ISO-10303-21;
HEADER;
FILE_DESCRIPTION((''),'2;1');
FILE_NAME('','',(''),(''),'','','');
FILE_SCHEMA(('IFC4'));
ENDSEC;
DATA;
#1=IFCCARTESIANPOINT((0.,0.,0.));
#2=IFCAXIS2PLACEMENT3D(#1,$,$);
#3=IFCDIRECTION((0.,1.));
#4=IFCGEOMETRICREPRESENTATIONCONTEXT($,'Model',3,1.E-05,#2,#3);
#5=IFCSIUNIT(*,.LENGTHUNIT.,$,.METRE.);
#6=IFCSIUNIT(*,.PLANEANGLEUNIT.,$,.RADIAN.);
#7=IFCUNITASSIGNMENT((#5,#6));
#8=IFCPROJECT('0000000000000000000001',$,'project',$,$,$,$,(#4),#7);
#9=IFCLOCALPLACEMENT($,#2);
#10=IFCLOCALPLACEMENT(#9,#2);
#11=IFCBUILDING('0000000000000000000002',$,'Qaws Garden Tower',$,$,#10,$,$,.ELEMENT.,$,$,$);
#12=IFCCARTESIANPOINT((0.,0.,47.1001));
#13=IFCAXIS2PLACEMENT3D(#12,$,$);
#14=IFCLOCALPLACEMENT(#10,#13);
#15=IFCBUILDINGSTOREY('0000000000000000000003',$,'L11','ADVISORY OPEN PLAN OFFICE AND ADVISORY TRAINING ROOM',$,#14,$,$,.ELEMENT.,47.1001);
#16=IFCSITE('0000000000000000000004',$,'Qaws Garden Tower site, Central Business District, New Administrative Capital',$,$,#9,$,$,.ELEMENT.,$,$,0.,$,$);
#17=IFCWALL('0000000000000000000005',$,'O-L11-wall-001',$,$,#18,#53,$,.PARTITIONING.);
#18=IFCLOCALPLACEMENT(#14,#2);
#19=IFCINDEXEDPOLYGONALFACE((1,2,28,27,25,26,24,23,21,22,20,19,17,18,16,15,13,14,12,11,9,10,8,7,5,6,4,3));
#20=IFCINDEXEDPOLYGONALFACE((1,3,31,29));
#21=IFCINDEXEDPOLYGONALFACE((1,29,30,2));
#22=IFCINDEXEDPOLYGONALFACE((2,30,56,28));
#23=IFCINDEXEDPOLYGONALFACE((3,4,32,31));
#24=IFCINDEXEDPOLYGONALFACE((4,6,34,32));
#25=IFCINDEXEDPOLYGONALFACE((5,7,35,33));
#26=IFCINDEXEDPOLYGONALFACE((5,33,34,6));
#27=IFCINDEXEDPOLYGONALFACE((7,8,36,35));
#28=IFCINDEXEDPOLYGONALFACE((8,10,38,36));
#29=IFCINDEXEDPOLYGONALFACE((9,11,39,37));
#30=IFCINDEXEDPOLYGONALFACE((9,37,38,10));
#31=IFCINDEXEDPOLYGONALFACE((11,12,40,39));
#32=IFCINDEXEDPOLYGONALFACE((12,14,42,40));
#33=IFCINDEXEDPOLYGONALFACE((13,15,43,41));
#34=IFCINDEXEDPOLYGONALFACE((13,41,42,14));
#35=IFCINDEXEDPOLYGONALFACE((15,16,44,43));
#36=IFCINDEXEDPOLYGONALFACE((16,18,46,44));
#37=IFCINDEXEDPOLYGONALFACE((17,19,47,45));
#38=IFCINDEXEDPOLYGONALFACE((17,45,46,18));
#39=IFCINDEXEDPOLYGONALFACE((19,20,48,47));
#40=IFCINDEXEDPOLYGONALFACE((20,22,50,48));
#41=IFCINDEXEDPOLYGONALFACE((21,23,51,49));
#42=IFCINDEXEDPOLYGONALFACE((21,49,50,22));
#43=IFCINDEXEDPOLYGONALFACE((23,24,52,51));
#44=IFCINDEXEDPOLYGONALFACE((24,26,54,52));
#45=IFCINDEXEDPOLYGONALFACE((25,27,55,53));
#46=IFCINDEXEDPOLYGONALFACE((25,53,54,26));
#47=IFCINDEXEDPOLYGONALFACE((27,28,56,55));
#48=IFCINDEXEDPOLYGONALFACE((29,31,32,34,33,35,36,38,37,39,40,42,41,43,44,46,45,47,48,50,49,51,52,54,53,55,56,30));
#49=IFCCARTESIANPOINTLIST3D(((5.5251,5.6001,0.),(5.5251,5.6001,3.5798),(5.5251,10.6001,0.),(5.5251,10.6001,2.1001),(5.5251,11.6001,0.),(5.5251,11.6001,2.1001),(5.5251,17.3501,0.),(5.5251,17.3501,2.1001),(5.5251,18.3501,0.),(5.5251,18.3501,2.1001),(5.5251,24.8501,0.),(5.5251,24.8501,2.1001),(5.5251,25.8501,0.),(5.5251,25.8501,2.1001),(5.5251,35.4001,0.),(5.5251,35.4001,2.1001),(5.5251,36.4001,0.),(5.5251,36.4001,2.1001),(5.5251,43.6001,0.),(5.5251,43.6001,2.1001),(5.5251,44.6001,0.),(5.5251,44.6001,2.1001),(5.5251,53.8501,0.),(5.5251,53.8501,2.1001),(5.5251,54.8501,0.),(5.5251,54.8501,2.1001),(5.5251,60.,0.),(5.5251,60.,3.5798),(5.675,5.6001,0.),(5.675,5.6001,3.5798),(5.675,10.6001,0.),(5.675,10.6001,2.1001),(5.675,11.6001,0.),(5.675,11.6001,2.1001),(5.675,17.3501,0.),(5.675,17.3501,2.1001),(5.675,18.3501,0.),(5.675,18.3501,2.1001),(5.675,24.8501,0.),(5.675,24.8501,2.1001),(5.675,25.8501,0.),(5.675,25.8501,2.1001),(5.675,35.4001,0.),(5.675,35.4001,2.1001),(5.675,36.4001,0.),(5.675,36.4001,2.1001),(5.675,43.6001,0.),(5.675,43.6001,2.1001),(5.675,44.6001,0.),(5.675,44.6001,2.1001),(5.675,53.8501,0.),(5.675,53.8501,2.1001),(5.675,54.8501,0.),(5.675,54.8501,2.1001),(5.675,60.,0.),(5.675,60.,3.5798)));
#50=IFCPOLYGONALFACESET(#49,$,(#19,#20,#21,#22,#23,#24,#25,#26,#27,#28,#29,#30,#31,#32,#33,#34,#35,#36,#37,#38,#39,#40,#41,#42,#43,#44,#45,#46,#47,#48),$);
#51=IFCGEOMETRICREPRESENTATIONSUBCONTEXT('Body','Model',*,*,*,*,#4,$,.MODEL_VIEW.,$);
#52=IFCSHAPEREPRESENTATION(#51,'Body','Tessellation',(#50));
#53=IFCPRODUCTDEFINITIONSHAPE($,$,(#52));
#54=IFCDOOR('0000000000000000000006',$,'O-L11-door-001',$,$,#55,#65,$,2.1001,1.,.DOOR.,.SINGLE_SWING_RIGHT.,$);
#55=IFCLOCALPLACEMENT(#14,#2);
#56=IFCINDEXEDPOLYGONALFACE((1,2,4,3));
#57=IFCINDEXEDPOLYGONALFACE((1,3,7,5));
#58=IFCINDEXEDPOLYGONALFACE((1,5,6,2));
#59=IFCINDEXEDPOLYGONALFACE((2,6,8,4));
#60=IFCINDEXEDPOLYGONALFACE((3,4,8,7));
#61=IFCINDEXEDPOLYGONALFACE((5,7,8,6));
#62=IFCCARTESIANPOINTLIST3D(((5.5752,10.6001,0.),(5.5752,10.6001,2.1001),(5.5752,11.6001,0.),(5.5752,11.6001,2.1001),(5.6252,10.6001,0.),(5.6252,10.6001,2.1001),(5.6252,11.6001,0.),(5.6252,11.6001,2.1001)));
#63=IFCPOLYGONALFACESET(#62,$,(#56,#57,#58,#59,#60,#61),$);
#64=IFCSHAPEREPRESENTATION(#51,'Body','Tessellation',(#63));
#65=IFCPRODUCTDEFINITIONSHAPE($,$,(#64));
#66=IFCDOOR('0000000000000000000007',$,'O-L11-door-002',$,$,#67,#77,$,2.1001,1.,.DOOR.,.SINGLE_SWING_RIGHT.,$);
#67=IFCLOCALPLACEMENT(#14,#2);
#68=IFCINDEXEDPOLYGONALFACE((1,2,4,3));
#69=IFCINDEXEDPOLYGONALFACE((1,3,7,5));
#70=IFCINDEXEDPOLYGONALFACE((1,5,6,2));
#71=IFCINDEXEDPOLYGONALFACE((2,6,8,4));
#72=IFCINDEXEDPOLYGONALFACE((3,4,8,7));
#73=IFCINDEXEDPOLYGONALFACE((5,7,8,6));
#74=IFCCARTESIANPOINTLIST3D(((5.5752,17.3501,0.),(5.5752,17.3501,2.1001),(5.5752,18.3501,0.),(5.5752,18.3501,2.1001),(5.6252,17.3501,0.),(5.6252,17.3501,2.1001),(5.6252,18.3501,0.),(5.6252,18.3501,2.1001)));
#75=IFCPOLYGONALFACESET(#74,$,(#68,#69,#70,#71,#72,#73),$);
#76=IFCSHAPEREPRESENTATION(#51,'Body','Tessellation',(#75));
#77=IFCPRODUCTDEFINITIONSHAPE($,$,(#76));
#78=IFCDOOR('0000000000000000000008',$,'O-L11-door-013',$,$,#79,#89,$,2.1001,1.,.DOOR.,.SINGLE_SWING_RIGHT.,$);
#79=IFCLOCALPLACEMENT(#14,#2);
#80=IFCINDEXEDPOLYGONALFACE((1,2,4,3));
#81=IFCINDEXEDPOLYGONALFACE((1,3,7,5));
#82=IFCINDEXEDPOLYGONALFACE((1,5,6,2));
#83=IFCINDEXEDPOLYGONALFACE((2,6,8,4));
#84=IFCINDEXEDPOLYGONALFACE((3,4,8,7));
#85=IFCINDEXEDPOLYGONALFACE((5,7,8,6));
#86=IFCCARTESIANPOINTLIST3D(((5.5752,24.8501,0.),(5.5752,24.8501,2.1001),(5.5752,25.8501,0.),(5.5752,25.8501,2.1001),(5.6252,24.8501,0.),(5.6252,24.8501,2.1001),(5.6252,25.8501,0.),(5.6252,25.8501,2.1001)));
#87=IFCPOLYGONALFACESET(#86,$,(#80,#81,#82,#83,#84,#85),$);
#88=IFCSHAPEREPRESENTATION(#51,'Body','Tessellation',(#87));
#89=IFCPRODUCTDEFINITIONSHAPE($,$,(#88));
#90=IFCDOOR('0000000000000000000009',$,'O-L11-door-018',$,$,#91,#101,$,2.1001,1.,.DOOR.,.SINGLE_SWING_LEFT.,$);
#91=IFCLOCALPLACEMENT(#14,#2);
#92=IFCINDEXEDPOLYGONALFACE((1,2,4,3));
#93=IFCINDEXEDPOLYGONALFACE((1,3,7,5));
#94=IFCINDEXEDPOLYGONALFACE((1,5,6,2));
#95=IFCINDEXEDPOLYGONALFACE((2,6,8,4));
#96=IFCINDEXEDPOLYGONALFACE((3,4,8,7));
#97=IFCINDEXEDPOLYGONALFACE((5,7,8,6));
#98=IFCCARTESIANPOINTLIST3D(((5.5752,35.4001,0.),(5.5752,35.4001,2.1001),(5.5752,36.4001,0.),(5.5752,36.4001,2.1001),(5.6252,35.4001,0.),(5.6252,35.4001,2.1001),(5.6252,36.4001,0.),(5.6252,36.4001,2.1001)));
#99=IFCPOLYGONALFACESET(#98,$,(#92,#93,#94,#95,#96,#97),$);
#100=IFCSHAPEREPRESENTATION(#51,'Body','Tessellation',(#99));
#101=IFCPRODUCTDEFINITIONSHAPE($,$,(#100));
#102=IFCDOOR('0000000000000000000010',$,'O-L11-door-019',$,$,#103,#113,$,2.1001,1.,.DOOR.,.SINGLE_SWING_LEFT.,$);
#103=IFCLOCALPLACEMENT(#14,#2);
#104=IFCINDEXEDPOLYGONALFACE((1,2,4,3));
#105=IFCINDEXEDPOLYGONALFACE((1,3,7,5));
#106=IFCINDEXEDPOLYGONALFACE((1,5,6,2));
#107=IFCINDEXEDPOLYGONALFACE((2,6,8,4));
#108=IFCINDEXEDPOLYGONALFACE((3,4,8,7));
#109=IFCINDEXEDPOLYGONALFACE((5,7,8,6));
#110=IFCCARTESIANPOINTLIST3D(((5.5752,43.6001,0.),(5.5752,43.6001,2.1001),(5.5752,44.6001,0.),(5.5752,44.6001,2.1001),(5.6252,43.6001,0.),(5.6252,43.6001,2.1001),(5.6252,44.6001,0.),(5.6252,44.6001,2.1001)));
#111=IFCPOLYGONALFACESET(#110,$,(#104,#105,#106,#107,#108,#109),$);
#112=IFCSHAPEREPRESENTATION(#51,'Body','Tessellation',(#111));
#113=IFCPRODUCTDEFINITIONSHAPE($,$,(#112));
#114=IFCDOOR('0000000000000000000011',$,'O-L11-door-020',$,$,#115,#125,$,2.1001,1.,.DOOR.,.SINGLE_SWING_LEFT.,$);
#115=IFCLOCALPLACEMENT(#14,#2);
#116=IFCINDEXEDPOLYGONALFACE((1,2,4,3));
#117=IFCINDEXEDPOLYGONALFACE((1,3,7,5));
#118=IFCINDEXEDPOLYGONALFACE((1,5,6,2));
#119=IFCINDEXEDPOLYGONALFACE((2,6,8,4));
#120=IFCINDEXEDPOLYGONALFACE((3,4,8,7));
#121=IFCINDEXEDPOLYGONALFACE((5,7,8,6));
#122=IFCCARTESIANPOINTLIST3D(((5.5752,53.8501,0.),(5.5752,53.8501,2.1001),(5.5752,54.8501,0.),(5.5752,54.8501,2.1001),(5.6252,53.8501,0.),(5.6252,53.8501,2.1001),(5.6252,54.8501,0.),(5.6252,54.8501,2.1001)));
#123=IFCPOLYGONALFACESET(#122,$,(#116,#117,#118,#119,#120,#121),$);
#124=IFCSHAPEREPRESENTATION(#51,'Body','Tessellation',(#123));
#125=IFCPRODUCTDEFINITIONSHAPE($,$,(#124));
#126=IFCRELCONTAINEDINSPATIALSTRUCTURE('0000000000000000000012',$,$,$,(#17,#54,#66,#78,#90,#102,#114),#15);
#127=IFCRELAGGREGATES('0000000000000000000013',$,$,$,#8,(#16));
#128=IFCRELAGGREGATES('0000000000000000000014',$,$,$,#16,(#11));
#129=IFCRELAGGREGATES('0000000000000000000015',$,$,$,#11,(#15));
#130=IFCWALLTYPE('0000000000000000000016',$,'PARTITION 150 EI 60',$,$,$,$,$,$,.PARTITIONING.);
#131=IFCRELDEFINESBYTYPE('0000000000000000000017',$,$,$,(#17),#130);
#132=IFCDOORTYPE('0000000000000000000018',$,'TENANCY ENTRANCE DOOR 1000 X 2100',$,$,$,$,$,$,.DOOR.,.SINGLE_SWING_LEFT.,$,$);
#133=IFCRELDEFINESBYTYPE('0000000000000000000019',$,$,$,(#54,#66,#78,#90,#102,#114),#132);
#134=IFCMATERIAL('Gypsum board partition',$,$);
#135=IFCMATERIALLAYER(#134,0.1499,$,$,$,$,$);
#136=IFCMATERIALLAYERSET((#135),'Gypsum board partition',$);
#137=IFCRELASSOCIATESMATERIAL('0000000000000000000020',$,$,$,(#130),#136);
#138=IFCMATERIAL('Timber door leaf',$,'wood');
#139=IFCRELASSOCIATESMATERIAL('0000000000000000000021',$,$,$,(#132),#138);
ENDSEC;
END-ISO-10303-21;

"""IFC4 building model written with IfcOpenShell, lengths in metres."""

from ifc_helpers import new_model, si_unit, direction, frame, frame_2d, origin, place, context, subcontext, project, spatial, rectangle, extrude, material, layer, layer_set, type_object, element, fill, save


model = new_model("IFC4")

# Units and contexts
model_context = context("Model", 3, precision=1e-05, world=origin(), true_north=direction((0.0, 1.0)))
body_context = subcontext(model_context, "Body", "Model", "MODEL_VIEW")
ifc_project = project(units=[si_unit("LENGTHUNIT", "METRE"), si_unit("PLANEANGLEUNIT", "RADIAN")], contexts=[model_context])

# Site, building, storey
site_placement = place(None, origin())
site = spatial("IfcSite", under=ifc_project, at=site_placement, Name="Qaws Garden Tower site, Central Business District, New Administrative Capital", CompositionType="ELEMENT", RefElevation=0.0)
building_placement = place(site_placement, origin())
building = spatial("IfcBuilding", under=site, at=building_placement, Name="Qaws Garden Tower", CompositionType="ELEMENT")
storey_placement = place(building_placement, frame((0.0, 0.0, 47.1001)))
storey = spatial("IfcBuildingStorey", under=building, at=storey_placement, Name="L11", Description="ADVISORY OPEN PLAN OFFICE AND ADVISORY TRAINING ROOM", CompositionType="ELEMENT", Elevation=47.1001)

# Wall, openings, doors
ifc_material_1 = material(Name="Gypsum board partition")
ifc_layer_1 = layer(ifc_material_1, 0.1499)
ifc_layer_set_1 = layer_set([ifc_layer_1], Name="Gypsum board partition")
wall_type_1 = type_object("IfcWallType", Name="PARTITION 150 EI 60", PredefinedType="PARTITIONING", material=ifc_layer_set_1)
wall_1_placement = place(storey_placement, frame((5.6001, 5.6001, 0.0), z_axis=(0.0, 0.0, 1.0), x_axis=(0.0, 1.0, 0.0)))
wall_1 = element("IfcWall", 1, at=wall_1_placement, inside=storey, type_object=wall_type_1, Name="O-L11-wall-001", PredefinedType="PARTITIONING", context=body_context, shape_type="SweptSolid", body=[
    extrude(rectangle(XDim=54.3999, YDim=0.1499, at=frame_2d((27.2, 0.0))), origin(), (0.0, 0.0, 1.0), 3.5798),
])
opening_1_placement = place(wall_1_placement, frame((5.0, 0.0, 0.0)))
opening_1 = element("IfcOpeningElement", 2, at=opening_1_placement, cuts=wall_1, PredefinedType="OPENING", context=body_context, shape_type="SweptSolid", body=[
    extrude(rectangle(XDim=1.0, YDim=2.1001, at=frame_2d((0.5, 1.05))), frame((0.0, 0.085, 0.0), z_axis=(0.0, -1.0, 0.0), x_axis=(1.0, 0.0, 0.0)), (0.0, 0.0, 1.0), 0.1699),
])
opening_2_placement = place(wall_1_placement, frame((11.75, 0.0, 0.0)))
opening_2 = element("IfcOpeningElement", 3, at=opening_2_placement, cuts=wall_1, PredefinedType="OPENING", context=body_context, shape_type="SweptSolid", body=[
    extrude(rectangle(XDim=1.0, YDim=2.1001, at=frame_2d((0.5, 1.05))), frame((0.0, 0.085, 0.0), z_axis=(0.0, -1.0, 0.0), x_axis=(1.0, 0.0, 0.0)), (0.0, 0.0, 1.0), 0.1699),
])
opening_3_placement = place(wall_1_placement, frame((19.25, 0.0, 0.0)))
opening_3 = element("IfcOpeningElement", 4, at=opening_3_placement, cuts=wall_1, PredefinedType="OPENING", context=body_context, shape_type="SweptSolid", body=[
    extrude(rectangle(XDim=1.0, YDim=2.1001, at=frame_2d((0.5, 1.05))), frame((0.0, 0.085, 0.0), z_axis=(0.0, -1.0, 0.0), x_axis=(1.0, 0.0, 0.0)), (0.0, 0.0, 1.0), 0.1699),
])
opening_4_placement = place(wall_1_placement, frame((29.8, 0.0, 0.0)))
opening_4 = element("IfcOpeningElement", 5, at=opening_4_placement, cuts=wall_1, PredefinedType="OPENING", context=body_context, shape_type="SweptSolid", body=[
    extrude(rectangle(XDim=1.0, YDim=2.1001, at=frame_2d((0.5, 1.05))), frame((0.0, 0.085, 0.0), z_axis=(0.0, -1.0, 0.0), x_axis=(1.0, 0.0, 0.0)), (0.0, 0.0, 1.0), 0.1699),
])
opening_5_placement = place(wall_1_placement, frame((38.0, 0.0, 0.0)))
opening_5 = element("IfcOpeningElement", 6, at=opening_5_placement, cuts=wall_1, PredefinedType="OPENING", context=body_context, shape_type="SweptSolid", body=[
    extrude(rectangle(XDim=1.0, YDim=2.1001, at=frame_2d((0.5, 1.05))), frame((0.0, 0.085, 0.0), z_axis=(0.0, -1.0, 0.0), x_axis=(1.0, 0.0, 0.0)), (0.0, 0.0, 1.0), 0.1699),
])
opening_6_placement = place(wall_1_placement, frame((48.25, 0.0, 0.0)))
opening_6 = element("IfcOpeningElement", 7, at=opening_6_placement, cuts=wall_1, PredefinedType="OPENING", context=body_context, shape_type="SweptSolid", body=[
    extrude(rectangle(XDim=1.0, YDim=2.1001, at=frame_2d((0.5, 1.05))), frame((0.0, 0.085, 0.0), z_axis=(0.0, -1.0, 0.0), x_axis=(1.0, 0.0, 0.0)), (0.0, 0.0, 1.0), 0.1699),
])
ifc_material_2 = material(Name="Timber door leaf", Category="wood")
door_type_1 = type_object("IfcDoorType", Name="TENANCY ENTRANCE DOOR 1000 X 2100", OperationType="SINGLE_SWING_LEFT", PredefinedType="DOOR", material=ifc_material_2)
door_1_placement = place(opening_1_placement, origin())
door_1 = element("IfcDoor", 8, at=door_1_placement, inside=storey, type_object=door_type_1, Name="O-L11-door-001", OperationType="SINGLE_SWING_RIGHT", OverallHeight=2.1001, OverallWidth=1.0, PredefinedType="DOOR", context=body_context, shape_type="SweptSolid", body=[
    extrude(rectangle(XDim=1.0, YDim=2.1001, at=frame_2d((0.5, 1.05))), frame((0.0, 0.0249, 0.0), z_axis=(0.0, -1.0, 0.0), x_axis=(1.0, 0.0, 0.0)), (0.0, 0.0, 1.0), 0.05),
])
fill(opening_1, door_1)
door_2_placement = place(opening_2_placement, origin())
door_2 = element("IfcDoor", 9, at=door_2_placement, inside=storey, type_object=door_type_1, Name="O-L11-door-002", OperationType="SINGLE_SWING_RIGHT", OverallHeight=2.1001, OverallWidth=1.0, PredefinedType="DOOR", context=body_context, shape_type="SweptSolid", body=[
    extrude(rectangle(XDim=1.0, YDim=2.1001, at=frame_2d((0.5, 1.05))), frame((0.0, 0.0249, 0.0), z_axis=(0.0, -1.0, 0.0), x_axis=(1.0, 0.0, 0.0)), (0.0, 0.0, 1.0), 0.05),
])
fill(opening_2, door_2)
door_3_placement = place(opening_3_placement, origin())
door_3 = element("IfcDoor", 10, at=door_3_placement, inside=storey, type_object=door_type_1, Name="O-L11-door-013", OperationType="SINGLE_SWING_RIGHT", OverallHeight=2.1001, OverallWidth=1.0, PredefinedType="DOOR", context=body_context, shape_type="SweptSolid", body=[
    extrude(rectangle(XDim=1.0, YDim=2.1001, at=frame_2d((0.5, 1.05))), frame((0.0, 0.0249, 0.0), z_axis=(0.0, -1.0, 0.0), x_axis=(1.0, 0.0, 0.0)), (0.0, 0.0, 1.0), 0.05),
])
fill(opening_3, door_3)
door_4_placement = place(opening_4_placement, origin())
door_4 = element("IfcDoor", 11, at=door_4_placement, inside=storey, type_object=door_type_1, Name="O-L11-door-018", OperationType="SINGLE_SWING_LEFT", OverallHeight=2.1001, OverallWidth=1.0, PredefinedType="DOOR", context=body_context, shape_type="SweptSolid", body=[
    extrude(rectangle(XDim=1.0, YDim=2.1001, at=frame_2d((0.5, 1.05))), frame((0.0, 0.0249, 0.0), z_axis=(0.0, -1.0, 0.0), x_axis=(1.0, 0.0, 0.0)), (0.0, 0.0, 1.0), 0.05),
])
fill(opening_4, door_4)
door_5_placement = place(opening_5_placement, origin())
door_5 = element("IfcDoor", 12, at=door_5_placement, inside=storey, type_object=door_type_1, Name="O-L11-door-019", OperationType="SINGLE_SWING_LEFT", OverallHeight=2.1001, OverallWidth=1.0, PredefinedType="DOOR", context=body_context, shape_type="SweptSolid", body=[
    extrude(rectangle(XDim=1.0, YDim=2.1001, at=frame_2d((0.5, 1.05))), frame((0.0, 0.0249, 0.0), z_axis=(0.0, -1.0, 0.0), x_axis=(1.0, 0.0, 0.0)), (0.0, 0.0, 1.0), 0.05),
])
fill(opening_5, door_5)
door_6_placement = place(opening_6_placement, origin())
door_6 = element("IfcDoor", 13, at=door_6_placement, inside=storey, type_object=door_type_1, Name="O-L11-door-020", OperationType="SINGLE_SWING_LEFT", OverallHeight=2.1001, OverallWidth=1.0, PredefinedType="DOOR", context=body_context, shape_type="SweptSolid", body=[
    extrude(rectangle(XDim=1.0, YDim=2.1001, at=frame_2d((0.5, 1.05))), frame((0.0, 0.0249, 0.0), z_axis=(0.0, -1.0, 0.0), x_axis=(1.0, 0.0, 0.0)), (0.0, 0.0, 1.0), 0.05),
])
fill(opening_6, door_6)

save(model, "model.ifc")
